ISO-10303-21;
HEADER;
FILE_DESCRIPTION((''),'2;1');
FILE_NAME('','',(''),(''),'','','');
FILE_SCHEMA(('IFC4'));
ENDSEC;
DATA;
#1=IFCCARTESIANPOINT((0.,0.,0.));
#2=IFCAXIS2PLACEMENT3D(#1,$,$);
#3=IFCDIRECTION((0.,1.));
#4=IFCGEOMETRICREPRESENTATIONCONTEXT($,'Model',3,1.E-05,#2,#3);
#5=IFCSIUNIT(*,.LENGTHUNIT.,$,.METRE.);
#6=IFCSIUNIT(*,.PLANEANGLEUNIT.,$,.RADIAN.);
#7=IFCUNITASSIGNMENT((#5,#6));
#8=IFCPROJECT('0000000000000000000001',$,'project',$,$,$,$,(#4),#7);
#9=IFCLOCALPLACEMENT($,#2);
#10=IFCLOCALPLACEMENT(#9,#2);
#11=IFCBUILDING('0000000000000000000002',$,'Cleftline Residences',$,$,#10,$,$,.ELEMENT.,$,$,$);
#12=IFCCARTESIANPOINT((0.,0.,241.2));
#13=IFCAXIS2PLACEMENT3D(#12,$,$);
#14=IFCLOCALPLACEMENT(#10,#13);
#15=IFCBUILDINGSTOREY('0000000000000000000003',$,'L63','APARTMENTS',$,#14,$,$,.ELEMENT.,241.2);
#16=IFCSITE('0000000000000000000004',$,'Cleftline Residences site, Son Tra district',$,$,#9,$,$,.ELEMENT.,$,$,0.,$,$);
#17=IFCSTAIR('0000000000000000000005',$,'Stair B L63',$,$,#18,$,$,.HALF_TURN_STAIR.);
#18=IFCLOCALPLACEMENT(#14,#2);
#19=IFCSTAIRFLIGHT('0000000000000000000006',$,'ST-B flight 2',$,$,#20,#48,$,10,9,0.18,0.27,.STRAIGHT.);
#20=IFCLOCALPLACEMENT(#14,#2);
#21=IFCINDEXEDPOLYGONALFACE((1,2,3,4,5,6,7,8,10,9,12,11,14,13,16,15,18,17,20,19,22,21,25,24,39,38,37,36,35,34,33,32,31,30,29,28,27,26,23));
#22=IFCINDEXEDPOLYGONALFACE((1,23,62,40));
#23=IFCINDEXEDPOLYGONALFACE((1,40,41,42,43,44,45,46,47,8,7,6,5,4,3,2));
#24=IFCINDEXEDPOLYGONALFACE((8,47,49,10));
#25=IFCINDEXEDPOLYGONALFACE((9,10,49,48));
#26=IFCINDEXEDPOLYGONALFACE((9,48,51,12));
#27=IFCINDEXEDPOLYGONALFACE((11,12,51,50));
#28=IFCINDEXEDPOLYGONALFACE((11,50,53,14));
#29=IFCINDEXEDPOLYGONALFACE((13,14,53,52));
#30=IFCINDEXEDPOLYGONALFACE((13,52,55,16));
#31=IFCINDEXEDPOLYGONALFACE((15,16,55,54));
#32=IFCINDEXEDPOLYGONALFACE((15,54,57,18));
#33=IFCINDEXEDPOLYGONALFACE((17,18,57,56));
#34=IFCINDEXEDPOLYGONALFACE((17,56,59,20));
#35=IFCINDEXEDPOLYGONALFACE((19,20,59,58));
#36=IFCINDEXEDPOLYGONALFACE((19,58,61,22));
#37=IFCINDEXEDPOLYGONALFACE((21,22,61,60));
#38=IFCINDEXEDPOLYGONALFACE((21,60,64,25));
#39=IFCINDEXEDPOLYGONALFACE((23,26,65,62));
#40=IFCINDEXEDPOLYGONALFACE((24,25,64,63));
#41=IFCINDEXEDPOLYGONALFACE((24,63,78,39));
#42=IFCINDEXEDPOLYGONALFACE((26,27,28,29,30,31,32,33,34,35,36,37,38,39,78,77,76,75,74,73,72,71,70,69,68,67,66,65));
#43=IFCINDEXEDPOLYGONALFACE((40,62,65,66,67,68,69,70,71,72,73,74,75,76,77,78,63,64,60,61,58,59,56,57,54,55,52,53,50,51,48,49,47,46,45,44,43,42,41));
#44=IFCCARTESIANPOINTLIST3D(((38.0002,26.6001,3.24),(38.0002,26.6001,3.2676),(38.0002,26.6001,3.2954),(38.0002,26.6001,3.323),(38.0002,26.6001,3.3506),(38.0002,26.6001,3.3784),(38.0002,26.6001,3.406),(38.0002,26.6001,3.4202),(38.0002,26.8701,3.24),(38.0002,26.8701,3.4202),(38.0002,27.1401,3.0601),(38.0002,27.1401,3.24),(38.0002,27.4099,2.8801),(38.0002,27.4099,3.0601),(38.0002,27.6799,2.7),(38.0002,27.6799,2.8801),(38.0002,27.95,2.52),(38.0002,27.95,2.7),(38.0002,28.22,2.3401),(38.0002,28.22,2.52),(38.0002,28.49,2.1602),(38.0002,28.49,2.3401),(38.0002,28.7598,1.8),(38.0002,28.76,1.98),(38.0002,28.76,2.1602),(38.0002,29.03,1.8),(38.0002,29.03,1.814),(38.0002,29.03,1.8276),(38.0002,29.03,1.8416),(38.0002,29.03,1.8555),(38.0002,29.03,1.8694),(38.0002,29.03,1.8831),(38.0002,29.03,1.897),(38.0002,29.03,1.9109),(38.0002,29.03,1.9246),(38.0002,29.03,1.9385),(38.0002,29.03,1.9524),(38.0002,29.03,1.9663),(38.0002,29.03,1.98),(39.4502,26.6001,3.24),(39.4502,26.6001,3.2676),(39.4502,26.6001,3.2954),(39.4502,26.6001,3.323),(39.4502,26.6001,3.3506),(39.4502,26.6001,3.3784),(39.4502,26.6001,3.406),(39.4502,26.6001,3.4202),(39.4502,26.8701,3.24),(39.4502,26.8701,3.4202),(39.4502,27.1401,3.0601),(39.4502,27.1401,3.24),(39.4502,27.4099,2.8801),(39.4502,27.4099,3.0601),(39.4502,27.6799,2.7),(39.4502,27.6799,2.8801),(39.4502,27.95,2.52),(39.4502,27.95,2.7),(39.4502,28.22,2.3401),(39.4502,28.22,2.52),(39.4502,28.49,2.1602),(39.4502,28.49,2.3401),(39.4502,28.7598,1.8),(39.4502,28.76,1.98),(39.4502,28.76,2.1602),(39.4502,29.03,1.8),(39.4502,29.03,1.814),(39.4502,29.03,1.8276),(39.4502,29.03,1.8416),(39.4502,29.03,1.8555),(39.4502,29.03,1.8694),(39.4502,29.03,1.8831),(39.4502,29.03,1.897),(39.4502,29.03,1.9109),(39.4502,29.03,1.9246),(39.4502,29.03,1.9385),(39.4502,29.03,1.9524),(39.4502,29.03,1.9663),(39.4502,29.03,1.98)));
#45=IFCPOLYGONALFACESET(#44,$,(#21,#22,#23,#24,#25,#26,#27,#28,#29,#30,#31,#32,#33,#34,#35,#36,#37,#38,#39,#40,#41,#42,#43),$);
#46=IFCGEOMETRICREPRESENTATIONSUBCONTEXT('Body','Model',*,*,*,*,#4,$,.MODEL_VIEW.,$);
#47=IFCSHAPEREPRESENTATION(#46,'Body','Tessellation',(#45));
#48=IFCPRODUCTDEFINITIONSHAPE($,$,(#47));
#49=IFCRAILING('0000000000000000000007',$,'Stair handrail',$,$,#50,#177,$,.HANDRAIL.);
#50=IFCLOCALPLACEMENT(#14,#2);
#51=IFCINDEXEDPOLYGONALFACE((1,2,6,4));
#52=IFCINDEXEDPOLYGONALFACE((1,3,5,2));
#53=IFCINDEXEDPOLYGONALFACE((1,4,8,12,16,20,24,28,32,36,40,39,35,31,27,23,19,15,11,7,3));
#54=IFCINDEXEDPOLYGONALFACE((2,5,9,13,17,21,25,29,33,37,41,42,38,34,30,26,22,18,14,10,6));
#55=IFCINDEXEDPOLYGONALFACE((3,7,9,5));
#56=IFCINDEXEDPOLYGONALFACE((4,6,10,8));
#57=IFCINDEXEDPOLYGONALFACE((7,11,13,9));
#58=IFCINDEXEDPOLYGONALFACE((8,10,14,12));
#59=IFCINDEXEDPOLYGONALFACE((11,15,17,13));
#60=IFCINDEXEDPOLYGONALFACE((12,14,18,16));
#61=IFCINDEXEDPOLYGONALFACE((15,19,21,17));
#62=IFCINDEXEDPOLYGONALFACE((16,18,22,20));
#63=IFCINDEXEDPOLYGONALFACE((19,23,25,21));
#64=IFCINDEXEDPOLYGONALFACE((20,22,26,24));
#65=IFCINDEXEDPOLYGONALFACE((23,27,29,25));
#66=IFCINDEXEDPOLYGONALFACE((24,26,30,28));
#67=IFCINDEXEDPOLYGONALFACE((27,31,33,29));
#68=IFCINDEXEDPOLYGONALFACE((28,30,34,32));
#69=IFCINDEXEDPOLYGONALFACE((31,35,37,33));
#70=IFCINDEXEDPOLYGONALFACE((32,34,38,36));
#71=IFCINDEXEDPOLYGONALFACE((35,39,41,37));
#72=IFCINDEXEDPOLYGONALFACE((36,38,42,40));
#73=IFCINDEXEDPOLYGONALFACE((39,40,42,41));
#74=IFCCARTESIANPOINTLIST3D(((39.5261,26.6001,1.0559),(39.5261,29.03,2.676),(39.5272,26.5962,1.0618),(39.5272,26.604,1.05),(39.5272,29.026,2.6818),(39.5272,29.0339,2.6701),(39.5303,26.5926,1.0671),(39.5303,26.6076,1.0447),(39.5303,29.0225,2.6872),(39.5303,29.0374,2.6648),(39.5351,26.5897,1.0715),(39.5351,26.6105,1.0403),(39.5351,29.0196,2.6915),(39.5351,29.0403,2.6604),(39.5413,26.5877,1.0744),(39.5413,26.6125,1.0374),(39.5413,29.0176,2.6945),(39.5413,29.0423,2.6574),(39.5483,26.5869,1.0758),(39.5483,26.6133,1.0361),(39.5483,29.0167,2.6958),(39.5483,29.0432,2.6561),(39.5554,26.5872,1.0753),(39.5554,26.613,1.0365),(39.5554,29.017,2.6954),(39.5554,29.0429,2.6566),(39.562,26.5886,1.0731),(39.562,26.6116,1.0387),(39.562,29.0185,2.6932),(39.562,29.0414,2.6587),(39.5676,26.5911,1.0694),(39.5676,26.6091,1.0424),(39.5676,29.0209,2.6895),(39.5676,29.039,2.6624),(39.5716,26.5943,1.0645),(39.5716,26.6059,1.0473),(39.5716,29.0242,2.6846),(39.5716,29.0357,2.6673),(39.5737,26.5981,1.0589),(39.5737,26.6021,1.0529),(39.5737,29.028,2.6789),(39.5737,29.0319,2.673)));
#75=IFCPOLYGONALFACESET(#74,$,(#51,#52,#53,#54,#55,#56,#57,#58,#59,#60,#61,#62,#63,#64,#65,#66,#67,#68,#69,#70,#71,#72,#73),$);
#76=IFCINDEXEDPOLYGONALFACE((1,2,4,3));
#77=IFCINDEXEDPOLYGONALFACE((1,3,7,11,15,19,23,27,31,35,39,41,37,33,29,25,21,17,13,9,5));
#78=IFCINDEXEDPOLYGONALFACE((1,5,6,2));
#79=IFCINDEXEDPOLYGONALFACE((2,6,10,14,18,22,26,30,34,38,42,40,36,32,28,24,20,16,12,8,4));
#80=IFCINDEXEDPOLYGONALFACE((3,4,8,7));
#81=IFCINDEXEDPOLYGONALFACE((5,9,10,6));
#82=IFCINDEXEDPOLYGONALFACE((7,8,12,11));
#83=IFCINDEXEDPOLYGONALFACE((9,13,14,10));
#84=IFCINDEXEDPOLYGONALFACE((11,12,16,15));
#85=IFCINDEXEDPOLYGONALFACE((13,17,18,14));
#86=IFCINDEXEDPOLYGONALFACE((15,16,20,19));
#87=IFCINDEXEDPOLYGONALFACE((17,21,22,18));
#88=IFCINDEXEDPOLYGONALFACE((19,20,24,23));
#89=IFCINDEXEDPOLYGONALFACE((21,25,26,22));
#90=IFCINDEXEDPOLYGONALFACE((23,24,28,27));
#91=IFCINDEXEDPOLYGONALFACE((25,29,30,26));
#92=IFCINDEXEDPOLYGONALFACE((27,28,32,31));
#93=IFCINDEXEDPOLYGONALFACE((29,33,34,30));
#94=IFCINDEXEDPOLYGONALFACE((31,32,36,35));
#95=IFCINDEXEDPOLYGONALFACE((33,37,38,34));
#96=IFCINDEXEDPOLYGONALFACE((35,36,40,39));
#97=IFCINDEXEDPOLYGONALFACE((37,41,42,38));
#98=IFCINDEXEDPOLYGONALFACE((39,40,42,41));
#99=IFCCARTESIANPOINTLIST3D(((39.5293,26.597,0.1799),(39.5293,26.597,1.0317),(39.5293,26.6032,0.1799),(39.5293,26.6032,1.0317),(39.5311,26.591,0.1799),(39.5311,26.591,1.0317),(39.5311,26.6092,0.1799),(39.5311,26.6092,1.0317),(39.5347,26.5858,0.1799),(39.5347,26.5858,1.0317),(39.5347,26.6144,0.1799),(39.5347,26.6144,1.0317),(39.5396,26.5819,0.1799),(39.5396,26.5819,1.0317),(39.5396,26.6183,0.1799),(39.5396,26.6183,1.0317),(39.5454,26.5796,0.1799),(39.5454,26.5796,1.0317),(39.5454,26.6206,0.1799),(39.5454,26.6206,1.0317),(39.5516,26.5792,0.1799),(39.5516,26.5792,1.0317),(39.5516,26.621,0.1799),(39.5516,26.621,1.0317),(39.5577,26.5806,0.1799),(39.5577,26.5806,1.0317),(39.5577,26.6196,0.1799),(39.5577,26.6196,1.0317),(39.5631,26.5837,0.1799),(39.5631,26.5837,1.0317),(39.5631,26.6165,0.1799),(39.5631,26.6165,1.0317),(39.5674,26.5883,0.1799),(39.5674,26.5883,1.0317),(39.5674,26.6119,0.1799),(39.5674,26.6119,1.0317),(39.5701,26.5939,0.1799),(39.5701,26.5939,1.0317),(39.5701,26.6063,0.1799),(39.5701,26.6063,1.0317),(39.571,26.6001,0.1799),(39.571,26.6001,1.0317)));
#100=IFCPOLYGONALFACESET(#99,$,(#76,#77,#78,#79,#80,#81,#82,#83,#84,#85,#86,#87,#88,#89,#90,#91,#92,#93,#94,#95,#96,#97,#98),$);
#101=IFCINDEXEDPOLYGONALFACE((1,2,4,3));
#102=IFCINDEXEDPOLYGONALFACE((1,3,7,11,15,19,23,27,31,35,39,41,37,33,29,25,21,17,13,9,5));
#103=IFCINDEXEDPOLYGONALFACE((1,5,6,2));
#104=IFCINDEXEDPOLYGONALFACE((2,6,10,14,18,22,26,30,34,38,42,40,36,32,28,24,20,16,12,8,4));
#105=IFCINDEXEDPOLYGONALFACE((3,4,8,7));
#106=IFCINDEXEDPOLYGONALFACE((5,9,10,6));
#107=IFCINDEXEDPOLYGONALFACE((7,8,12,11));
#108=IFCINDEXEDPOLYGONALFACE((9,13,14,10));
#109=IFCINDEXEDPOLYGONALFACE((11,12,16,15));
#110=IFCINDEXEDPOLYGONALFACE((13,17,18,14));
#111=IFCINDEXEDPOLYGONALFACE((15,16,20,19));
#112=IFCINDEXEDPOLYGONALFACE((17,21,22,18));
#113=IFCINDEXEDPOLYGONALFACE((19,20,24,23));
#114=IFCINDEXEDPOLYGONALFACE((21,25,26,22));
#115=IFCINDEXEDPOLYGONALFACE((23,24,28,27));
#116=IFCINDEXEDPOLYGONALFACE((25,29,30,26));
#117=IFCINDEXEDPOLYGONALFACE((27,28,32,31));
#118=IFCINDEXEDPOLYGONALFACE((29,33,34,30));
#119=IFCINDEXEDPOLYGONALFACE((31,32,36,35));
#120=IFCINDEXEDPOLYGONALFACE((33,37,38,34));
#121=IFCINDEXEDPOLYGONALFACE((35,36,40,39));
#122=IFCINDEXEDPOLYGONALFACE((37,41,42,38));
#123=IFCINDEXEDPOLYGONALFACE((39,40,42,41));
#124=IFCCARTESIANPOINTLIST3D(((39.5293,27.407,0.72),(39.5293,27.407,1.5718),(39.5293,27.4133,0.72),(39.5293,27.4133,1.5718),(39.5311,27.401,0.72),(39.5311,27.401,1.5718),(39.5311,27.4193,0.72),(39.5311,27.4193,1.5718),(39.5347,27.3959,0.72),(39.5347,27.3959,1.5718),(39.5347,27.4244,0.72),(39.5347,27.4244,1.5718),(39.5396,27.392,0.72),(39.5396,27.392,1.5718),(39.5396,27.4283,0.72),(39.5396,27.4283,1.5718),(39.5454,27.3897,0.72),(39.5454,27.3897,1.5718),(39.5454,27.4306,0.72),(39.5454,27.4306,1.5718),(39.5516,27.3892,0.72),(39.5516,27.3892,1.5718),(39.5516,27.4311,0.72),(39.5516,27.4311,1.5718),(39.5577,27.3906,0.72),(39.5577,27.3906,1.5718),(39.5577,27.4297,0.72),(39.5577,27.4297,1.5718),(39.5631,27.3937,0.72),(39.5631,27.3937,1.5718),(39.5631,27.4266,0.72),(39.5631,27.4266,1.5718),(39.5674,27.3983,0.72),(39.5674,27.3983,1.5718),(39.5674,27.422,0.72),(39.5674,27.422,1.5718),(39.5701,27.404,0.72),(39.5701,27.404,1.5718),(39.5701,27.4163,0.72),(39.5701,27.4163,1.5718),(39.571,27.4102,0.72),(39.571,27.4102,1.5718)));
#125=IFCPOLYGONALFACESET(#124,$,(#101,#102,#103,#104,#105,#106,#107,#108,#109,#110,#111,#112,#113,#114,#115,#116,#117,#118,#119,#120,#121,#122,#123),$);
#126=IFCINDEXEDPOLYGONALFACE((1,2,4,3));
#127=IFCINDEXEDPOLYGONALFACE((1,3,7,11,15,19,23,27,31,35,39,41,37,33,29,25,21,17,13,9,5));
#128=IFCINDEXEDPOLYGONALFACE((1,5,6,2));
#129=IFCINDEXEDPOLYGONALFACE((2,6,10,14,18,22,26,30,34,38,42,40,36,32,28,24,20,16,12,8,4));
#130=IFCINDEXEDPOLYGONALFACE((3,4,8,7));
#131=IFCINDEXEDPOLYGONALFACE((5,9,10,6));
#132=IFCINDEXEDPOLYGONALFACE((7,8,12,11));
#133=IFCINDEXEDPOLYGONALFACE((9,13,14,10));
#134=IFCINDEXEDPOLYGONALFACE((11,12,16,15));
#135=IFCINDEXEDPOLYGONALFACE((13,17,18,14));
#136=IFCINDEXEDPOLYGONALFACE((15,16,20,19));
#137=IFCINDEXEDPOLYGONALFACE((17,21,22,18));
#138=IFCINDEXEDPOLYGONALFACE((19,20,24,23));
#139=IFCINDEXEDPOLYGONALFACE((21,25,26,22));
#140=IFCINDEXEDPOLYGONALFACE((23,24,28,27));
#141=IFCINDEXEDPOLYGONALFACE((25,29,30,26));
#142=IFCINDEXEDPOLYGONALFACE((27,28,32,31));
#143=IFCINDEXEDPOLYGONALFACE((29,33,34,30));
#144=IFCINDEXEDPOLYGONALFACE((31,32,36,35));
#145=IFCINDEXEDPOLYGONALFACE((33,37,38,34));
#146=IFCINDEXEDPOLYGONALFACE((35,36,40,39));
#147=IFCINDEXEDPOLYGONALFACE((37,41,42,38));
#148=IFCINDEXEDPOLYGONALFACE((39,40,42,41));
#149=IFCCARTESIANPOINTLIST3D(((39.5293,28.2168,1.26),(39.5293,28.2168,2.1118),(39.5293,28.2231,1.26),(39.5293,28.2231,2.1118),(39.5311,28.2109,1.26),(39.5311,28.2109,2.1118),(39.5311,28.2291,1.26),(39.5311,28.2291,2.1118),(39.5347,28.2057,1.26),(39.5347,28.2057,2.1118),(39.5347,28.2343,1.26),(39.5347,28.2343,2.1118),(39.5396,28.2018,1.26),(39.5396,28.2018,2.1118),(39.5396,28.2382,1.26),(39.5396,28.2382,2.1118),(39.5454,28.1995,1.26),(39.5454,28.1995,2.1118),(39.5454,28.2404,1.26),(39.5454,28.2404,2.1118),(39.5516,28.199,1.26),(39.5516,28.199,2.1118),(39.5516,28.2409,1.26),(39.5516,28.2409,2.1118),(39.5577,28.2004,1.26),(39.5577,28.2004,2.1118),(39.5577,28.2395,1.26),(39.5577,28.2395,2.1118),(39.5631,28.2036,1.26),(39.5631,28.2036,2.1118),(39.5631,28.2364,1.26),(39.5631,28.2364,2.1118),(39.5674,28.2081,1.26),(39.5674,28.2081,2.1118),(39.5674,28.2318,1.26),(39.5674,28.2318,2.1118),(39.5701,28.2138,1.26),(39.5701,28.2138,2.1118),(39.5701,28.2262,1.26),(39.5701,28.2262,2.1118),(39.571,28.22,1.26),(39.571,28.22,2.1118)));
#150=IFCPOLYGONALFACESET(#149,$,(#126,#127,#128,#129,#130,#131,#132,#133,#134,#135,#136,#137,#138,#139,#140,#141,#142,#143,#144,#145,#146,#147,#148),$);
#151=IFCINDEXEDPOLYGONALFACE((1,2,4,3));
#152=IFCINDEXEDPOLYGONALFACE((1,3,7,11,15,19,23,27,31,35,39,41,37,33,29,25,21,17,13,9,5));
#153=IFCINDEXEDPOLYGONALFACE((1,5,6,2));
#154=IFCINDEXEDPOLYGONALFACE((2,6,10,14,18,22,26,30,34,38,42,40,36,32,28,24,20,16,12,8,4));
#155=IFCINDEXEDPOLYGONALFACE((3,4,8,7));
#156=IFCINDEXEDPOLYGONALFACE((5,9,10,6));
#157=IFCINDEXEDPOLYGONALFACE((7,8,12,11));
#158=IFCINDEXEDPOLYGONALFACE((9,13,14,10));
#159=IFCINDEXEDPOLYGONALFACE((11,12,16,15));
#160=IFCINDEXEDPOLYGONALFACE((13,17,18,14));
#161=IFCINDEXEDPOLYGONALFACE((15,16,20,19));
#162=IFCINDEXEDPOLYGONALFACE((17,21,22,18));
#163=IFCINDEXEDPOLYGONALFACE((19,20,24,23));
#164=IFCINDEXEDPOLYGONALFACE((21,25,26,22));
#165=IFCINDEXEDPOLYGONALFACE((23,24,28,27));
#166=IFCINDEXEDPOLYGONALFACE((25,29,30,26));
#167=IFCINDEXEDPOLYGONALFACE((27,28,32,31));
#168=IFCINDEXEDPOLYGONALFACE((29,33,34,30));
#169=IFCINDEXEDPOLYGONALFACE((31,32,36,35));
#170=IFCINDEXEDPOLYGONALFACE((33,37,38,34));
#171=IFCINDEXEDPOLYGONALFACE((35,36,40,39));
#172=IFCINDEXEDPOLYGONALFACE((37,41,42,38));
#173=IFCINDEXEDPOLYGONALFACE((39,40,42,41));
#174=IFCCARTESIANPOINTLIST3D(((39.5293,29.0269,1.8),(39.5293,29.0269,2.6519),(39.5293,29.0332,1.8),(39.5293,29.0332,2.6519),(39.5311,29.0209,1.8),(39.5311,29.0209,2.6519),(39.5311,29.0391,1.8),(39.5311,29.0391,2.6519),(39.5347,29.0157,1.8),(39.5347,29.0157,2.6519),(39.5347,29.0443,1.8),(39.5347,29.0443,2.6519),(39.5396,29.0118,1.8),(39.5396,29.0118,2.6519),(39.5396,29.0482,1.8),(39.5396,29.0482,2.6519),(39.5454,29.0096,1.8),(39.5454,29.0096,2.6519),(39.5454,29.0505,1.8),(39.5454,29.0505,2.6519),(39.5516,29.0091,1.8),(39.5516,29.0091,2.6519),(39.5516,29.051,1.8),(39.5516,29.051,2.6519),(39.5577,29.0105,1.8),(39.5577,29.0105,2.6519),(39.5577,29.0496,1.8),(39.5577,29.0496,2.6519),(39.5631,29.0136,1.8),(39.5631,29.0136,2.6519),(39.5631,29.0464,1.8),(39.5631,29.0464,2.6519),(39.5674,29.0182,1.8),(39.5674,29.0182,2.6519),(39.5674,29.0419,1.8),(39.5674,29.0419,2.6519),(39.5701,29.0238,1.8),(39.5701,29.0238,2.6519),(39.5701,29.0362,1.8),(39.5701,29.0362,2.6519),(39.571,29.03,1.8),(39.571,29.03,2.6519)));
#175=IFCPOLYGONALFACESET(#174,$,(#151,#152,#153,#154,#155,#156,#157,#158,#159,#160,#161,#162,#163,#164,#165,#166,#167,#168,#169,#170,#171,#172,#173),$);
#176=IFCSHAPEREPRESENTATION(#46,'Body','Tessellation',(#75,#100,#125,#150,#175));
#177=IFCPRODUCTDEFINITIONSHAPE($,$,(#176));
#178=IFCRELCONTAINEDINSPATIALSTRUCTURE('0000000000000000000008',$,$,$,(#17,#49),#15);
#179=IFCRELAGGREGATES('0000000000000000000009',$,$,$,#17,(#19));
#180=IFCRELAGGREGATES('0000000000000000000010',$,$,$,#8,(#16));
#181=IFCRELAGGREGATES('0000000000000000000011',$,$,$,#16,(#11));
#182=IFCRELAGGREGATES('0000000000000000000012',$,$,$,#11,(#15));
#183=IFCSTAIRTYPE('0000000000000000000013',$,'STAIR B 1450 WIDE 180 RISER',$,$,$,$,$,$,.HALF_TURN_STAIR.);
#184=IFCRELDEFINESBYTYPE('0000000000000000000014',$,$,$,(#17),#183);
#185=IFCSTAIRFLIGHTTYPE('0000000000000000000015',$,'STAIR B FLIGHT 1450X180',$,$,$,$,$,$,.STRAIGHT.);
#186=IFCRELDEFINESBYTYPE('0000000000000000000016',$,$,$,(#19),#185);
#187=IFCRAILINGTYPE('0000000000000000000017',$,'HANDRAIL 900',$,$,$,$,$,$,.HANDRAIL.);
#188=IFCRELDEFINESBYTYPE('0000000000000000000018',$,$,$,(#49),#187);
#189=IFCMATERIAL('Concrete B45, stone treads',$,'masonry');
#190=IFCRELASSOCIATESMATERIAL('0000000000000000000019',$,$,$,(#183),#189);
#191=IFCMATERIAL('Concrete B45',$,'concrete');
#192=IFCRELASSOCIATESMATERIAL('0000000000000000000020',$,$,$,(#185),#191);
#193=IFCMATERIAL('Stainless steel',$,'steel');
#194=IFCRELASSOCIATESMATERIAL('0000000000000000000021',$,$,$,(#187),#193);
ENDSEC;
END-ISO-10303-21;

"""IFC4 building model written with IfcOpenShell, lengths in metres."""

from ifc_helpers import new_model, si_unit, direction, frame, origin, origin_2d, place, context, subcontext, project, spatial, polyline, circle, outline, extrude, material, type_object, element, aggregate, save


model = new_model("IFC4")

# Units and contexts
model_context = context("Model", 3, precision=1e-05, world=origin(), true_north=direction((0.0, 1.0)))
body_context = subcontext(model_context, "Body", "Model", "MODEL_VIEW")
ifc_project = project(units=[si_unit("LENGTHUNIT", "METRE"), si_unit("PLANEANGLEUNIT", "RADIAN")], contexts=[model_context])

# Site, building, storey
site_placement = place(None, origin())
site = spatial("IfcSite", under=ifc_project, at=site_placement, Name="Cleftline Residences site, Son Tra district", CompositionType="ELEMENT", RefElevation=0.0)
building_placement = place(site_placement, origin())
building = spatial("IfcBuilding", under=site, at=building_placement, Name="Cleftline Residences", CompositionType="ELEMENT")
storey_placement = place(building_placement, frame((0.0, 0.0, 241.2)))
storey = spatial("IfcBuildingStorey", under=building, at=storey_placement, Name="L63", Description="APARTMENTS", CompositionType="ELEMENT", Elevation=241.2)

# Stair, stair flight
ifc_material_1 = material(Name="Concrete B45, stone treads", Category="masonry")
stair_type = type_object("IfcStairType", Name="STAIR B 1450 WIDE 180 RISER", PredefinedType="HALF_TURN_STAIR", material=ifc_material_1)
stair_placement = place(storey_placement, origin())
stair = element("IfcStair", 1, at=stair_placement, inside=storey, type_object=stair_type, Name="Stair B L63", PredefinedType="HALF_TURN_STAIR")
ifc_material_2 = material(Name="Concrete B45", Category="concrete")
stair_flight_type = type_object("IfcStairFlightType", Name="STAIR B FLIGHT 1450X180", PredefinedType="STRAIGHT", material=ifc_material_2)
stair_flight_1_placement = place(storey_placement, frame((38.7251, 29.03, 1.8), z_axis=(0.0, 0.0, 1.0), x_axis=(0.0, -1.0, 0.0)))
stair_flight_1 = element("IfcStairFlight", 2, at=stair_flight_1_placement, type_object=stair_flight_type, Name="ST-B flight 2", NumberOfRisers=10, NumberOfTreads=9, PredefinedType="STRAIGHT", RiserHeight=0.18, TreadLength=0.27, context=body_context, shape_type="SweptSolid", body=[
    extrude(outline(polyline([(0.0, 0.0), (0.0, 0.0139), (0.0, 0.0276), (0.0, 0.0415), (0.0, 0.0554), (0.0, 0.0693), (0.0, 0.083), (0.0, 0.0969), (0.0, 0.1108), (0.0, 0.1245), (0.0, 0.1384), (0.0, 0.1523), (0.0, 0.1663), (0.0, 0.1799), (0.27, 0.1799), (0.27, 0.3601), (0.54, 0.3601), (0.54, 0.54), (0.8101, 0.54), (0.8101, 0.72), (1.0801, 0.72), (1.0801, 0.8999), (1.3501, 0.8999), (1.3501, 1.0801), (1.6201, 1.0801), (1.6201, 1.26), (1.8899, 1.26), (1.8899, 1.4399), (2.1599, 1.4399), (2.1599, 1.6201), (2.4299, 1.6201), (2.4299, 1.8), (2.4299, 1.7722), (2.4299, 1.7446), (2.4299, 1.7168), (2.4299, 1.6892), (2.4299, 1.6614), (2.4299, 1.6338), (2.4299, 1.606), (2.4299, 1.5784), (2.4299, 1.5505), (2.4299, 1.5229), (2.4299, 1.4954), (2.4299, 1.4675), (2.4299, 1.4399), (0.2703, 0.0), (0.0, 0.0)])), frame((0.0, 0.7251, 0.0), z_axis=(0.0, -1.0, 0.0), x_axis=(1.0, 0.0, 0.0)), (0.0, 0.0, 1.0), 1.45),
])
aggregate(stair, [stair_flight_1])

# Railing
ifc_material_3 = material(Name="Stainless steel", Category="steel")
railing_type = type_object("IfcRailingType", Name="HANDRAIL 900", PredefinedType="HANDRAIL", material=ifc_material_3)
railing_1_placement = place(storey_placement, frame((39.55, 26.6001, 0.1799)))
element("IfcRailing", 3, at=railing_1_placement, inside=storey, type_object=railing_type, Name="Stair handrail", PredefinedType="HANDRAIL", context=body_context, shape_type="SweptSolid", body=[
    extrude(circle(Radius=0.0239, at=origin_2d()), frame((0.0, 0.0, 0.876), z_axis=(0.0, 0.832025, 0.554739), x_axis=(-1.0, 0.0, 0.0)), (0.0, 0.0, 1.0), 2.9204),
    extrude(circle(Radius=0.021, at=origin_2d()), origin(), (0.0, 0.0, 1.0), 0.8518),
    extrude(circle(Radius=0.021, at=origin_2d()), frame((0.0, 0.8101, 0.54)), (0.0, 0.0, 1.0), 0.8518),
    extrude(circle(Radius=0.021, at=origin_2d()), frame((0.0, 1.6199, 1.0801)), (0.0, 0.0, 1.0), 0.8518),
    extrude(circle(Radius=0.021, at=origin_2d()), frame((0.0, 2.4299, 1.6201)), (0.0, 0.0, 1.0), 0.8518),
])

save(model, "model.ifc")
